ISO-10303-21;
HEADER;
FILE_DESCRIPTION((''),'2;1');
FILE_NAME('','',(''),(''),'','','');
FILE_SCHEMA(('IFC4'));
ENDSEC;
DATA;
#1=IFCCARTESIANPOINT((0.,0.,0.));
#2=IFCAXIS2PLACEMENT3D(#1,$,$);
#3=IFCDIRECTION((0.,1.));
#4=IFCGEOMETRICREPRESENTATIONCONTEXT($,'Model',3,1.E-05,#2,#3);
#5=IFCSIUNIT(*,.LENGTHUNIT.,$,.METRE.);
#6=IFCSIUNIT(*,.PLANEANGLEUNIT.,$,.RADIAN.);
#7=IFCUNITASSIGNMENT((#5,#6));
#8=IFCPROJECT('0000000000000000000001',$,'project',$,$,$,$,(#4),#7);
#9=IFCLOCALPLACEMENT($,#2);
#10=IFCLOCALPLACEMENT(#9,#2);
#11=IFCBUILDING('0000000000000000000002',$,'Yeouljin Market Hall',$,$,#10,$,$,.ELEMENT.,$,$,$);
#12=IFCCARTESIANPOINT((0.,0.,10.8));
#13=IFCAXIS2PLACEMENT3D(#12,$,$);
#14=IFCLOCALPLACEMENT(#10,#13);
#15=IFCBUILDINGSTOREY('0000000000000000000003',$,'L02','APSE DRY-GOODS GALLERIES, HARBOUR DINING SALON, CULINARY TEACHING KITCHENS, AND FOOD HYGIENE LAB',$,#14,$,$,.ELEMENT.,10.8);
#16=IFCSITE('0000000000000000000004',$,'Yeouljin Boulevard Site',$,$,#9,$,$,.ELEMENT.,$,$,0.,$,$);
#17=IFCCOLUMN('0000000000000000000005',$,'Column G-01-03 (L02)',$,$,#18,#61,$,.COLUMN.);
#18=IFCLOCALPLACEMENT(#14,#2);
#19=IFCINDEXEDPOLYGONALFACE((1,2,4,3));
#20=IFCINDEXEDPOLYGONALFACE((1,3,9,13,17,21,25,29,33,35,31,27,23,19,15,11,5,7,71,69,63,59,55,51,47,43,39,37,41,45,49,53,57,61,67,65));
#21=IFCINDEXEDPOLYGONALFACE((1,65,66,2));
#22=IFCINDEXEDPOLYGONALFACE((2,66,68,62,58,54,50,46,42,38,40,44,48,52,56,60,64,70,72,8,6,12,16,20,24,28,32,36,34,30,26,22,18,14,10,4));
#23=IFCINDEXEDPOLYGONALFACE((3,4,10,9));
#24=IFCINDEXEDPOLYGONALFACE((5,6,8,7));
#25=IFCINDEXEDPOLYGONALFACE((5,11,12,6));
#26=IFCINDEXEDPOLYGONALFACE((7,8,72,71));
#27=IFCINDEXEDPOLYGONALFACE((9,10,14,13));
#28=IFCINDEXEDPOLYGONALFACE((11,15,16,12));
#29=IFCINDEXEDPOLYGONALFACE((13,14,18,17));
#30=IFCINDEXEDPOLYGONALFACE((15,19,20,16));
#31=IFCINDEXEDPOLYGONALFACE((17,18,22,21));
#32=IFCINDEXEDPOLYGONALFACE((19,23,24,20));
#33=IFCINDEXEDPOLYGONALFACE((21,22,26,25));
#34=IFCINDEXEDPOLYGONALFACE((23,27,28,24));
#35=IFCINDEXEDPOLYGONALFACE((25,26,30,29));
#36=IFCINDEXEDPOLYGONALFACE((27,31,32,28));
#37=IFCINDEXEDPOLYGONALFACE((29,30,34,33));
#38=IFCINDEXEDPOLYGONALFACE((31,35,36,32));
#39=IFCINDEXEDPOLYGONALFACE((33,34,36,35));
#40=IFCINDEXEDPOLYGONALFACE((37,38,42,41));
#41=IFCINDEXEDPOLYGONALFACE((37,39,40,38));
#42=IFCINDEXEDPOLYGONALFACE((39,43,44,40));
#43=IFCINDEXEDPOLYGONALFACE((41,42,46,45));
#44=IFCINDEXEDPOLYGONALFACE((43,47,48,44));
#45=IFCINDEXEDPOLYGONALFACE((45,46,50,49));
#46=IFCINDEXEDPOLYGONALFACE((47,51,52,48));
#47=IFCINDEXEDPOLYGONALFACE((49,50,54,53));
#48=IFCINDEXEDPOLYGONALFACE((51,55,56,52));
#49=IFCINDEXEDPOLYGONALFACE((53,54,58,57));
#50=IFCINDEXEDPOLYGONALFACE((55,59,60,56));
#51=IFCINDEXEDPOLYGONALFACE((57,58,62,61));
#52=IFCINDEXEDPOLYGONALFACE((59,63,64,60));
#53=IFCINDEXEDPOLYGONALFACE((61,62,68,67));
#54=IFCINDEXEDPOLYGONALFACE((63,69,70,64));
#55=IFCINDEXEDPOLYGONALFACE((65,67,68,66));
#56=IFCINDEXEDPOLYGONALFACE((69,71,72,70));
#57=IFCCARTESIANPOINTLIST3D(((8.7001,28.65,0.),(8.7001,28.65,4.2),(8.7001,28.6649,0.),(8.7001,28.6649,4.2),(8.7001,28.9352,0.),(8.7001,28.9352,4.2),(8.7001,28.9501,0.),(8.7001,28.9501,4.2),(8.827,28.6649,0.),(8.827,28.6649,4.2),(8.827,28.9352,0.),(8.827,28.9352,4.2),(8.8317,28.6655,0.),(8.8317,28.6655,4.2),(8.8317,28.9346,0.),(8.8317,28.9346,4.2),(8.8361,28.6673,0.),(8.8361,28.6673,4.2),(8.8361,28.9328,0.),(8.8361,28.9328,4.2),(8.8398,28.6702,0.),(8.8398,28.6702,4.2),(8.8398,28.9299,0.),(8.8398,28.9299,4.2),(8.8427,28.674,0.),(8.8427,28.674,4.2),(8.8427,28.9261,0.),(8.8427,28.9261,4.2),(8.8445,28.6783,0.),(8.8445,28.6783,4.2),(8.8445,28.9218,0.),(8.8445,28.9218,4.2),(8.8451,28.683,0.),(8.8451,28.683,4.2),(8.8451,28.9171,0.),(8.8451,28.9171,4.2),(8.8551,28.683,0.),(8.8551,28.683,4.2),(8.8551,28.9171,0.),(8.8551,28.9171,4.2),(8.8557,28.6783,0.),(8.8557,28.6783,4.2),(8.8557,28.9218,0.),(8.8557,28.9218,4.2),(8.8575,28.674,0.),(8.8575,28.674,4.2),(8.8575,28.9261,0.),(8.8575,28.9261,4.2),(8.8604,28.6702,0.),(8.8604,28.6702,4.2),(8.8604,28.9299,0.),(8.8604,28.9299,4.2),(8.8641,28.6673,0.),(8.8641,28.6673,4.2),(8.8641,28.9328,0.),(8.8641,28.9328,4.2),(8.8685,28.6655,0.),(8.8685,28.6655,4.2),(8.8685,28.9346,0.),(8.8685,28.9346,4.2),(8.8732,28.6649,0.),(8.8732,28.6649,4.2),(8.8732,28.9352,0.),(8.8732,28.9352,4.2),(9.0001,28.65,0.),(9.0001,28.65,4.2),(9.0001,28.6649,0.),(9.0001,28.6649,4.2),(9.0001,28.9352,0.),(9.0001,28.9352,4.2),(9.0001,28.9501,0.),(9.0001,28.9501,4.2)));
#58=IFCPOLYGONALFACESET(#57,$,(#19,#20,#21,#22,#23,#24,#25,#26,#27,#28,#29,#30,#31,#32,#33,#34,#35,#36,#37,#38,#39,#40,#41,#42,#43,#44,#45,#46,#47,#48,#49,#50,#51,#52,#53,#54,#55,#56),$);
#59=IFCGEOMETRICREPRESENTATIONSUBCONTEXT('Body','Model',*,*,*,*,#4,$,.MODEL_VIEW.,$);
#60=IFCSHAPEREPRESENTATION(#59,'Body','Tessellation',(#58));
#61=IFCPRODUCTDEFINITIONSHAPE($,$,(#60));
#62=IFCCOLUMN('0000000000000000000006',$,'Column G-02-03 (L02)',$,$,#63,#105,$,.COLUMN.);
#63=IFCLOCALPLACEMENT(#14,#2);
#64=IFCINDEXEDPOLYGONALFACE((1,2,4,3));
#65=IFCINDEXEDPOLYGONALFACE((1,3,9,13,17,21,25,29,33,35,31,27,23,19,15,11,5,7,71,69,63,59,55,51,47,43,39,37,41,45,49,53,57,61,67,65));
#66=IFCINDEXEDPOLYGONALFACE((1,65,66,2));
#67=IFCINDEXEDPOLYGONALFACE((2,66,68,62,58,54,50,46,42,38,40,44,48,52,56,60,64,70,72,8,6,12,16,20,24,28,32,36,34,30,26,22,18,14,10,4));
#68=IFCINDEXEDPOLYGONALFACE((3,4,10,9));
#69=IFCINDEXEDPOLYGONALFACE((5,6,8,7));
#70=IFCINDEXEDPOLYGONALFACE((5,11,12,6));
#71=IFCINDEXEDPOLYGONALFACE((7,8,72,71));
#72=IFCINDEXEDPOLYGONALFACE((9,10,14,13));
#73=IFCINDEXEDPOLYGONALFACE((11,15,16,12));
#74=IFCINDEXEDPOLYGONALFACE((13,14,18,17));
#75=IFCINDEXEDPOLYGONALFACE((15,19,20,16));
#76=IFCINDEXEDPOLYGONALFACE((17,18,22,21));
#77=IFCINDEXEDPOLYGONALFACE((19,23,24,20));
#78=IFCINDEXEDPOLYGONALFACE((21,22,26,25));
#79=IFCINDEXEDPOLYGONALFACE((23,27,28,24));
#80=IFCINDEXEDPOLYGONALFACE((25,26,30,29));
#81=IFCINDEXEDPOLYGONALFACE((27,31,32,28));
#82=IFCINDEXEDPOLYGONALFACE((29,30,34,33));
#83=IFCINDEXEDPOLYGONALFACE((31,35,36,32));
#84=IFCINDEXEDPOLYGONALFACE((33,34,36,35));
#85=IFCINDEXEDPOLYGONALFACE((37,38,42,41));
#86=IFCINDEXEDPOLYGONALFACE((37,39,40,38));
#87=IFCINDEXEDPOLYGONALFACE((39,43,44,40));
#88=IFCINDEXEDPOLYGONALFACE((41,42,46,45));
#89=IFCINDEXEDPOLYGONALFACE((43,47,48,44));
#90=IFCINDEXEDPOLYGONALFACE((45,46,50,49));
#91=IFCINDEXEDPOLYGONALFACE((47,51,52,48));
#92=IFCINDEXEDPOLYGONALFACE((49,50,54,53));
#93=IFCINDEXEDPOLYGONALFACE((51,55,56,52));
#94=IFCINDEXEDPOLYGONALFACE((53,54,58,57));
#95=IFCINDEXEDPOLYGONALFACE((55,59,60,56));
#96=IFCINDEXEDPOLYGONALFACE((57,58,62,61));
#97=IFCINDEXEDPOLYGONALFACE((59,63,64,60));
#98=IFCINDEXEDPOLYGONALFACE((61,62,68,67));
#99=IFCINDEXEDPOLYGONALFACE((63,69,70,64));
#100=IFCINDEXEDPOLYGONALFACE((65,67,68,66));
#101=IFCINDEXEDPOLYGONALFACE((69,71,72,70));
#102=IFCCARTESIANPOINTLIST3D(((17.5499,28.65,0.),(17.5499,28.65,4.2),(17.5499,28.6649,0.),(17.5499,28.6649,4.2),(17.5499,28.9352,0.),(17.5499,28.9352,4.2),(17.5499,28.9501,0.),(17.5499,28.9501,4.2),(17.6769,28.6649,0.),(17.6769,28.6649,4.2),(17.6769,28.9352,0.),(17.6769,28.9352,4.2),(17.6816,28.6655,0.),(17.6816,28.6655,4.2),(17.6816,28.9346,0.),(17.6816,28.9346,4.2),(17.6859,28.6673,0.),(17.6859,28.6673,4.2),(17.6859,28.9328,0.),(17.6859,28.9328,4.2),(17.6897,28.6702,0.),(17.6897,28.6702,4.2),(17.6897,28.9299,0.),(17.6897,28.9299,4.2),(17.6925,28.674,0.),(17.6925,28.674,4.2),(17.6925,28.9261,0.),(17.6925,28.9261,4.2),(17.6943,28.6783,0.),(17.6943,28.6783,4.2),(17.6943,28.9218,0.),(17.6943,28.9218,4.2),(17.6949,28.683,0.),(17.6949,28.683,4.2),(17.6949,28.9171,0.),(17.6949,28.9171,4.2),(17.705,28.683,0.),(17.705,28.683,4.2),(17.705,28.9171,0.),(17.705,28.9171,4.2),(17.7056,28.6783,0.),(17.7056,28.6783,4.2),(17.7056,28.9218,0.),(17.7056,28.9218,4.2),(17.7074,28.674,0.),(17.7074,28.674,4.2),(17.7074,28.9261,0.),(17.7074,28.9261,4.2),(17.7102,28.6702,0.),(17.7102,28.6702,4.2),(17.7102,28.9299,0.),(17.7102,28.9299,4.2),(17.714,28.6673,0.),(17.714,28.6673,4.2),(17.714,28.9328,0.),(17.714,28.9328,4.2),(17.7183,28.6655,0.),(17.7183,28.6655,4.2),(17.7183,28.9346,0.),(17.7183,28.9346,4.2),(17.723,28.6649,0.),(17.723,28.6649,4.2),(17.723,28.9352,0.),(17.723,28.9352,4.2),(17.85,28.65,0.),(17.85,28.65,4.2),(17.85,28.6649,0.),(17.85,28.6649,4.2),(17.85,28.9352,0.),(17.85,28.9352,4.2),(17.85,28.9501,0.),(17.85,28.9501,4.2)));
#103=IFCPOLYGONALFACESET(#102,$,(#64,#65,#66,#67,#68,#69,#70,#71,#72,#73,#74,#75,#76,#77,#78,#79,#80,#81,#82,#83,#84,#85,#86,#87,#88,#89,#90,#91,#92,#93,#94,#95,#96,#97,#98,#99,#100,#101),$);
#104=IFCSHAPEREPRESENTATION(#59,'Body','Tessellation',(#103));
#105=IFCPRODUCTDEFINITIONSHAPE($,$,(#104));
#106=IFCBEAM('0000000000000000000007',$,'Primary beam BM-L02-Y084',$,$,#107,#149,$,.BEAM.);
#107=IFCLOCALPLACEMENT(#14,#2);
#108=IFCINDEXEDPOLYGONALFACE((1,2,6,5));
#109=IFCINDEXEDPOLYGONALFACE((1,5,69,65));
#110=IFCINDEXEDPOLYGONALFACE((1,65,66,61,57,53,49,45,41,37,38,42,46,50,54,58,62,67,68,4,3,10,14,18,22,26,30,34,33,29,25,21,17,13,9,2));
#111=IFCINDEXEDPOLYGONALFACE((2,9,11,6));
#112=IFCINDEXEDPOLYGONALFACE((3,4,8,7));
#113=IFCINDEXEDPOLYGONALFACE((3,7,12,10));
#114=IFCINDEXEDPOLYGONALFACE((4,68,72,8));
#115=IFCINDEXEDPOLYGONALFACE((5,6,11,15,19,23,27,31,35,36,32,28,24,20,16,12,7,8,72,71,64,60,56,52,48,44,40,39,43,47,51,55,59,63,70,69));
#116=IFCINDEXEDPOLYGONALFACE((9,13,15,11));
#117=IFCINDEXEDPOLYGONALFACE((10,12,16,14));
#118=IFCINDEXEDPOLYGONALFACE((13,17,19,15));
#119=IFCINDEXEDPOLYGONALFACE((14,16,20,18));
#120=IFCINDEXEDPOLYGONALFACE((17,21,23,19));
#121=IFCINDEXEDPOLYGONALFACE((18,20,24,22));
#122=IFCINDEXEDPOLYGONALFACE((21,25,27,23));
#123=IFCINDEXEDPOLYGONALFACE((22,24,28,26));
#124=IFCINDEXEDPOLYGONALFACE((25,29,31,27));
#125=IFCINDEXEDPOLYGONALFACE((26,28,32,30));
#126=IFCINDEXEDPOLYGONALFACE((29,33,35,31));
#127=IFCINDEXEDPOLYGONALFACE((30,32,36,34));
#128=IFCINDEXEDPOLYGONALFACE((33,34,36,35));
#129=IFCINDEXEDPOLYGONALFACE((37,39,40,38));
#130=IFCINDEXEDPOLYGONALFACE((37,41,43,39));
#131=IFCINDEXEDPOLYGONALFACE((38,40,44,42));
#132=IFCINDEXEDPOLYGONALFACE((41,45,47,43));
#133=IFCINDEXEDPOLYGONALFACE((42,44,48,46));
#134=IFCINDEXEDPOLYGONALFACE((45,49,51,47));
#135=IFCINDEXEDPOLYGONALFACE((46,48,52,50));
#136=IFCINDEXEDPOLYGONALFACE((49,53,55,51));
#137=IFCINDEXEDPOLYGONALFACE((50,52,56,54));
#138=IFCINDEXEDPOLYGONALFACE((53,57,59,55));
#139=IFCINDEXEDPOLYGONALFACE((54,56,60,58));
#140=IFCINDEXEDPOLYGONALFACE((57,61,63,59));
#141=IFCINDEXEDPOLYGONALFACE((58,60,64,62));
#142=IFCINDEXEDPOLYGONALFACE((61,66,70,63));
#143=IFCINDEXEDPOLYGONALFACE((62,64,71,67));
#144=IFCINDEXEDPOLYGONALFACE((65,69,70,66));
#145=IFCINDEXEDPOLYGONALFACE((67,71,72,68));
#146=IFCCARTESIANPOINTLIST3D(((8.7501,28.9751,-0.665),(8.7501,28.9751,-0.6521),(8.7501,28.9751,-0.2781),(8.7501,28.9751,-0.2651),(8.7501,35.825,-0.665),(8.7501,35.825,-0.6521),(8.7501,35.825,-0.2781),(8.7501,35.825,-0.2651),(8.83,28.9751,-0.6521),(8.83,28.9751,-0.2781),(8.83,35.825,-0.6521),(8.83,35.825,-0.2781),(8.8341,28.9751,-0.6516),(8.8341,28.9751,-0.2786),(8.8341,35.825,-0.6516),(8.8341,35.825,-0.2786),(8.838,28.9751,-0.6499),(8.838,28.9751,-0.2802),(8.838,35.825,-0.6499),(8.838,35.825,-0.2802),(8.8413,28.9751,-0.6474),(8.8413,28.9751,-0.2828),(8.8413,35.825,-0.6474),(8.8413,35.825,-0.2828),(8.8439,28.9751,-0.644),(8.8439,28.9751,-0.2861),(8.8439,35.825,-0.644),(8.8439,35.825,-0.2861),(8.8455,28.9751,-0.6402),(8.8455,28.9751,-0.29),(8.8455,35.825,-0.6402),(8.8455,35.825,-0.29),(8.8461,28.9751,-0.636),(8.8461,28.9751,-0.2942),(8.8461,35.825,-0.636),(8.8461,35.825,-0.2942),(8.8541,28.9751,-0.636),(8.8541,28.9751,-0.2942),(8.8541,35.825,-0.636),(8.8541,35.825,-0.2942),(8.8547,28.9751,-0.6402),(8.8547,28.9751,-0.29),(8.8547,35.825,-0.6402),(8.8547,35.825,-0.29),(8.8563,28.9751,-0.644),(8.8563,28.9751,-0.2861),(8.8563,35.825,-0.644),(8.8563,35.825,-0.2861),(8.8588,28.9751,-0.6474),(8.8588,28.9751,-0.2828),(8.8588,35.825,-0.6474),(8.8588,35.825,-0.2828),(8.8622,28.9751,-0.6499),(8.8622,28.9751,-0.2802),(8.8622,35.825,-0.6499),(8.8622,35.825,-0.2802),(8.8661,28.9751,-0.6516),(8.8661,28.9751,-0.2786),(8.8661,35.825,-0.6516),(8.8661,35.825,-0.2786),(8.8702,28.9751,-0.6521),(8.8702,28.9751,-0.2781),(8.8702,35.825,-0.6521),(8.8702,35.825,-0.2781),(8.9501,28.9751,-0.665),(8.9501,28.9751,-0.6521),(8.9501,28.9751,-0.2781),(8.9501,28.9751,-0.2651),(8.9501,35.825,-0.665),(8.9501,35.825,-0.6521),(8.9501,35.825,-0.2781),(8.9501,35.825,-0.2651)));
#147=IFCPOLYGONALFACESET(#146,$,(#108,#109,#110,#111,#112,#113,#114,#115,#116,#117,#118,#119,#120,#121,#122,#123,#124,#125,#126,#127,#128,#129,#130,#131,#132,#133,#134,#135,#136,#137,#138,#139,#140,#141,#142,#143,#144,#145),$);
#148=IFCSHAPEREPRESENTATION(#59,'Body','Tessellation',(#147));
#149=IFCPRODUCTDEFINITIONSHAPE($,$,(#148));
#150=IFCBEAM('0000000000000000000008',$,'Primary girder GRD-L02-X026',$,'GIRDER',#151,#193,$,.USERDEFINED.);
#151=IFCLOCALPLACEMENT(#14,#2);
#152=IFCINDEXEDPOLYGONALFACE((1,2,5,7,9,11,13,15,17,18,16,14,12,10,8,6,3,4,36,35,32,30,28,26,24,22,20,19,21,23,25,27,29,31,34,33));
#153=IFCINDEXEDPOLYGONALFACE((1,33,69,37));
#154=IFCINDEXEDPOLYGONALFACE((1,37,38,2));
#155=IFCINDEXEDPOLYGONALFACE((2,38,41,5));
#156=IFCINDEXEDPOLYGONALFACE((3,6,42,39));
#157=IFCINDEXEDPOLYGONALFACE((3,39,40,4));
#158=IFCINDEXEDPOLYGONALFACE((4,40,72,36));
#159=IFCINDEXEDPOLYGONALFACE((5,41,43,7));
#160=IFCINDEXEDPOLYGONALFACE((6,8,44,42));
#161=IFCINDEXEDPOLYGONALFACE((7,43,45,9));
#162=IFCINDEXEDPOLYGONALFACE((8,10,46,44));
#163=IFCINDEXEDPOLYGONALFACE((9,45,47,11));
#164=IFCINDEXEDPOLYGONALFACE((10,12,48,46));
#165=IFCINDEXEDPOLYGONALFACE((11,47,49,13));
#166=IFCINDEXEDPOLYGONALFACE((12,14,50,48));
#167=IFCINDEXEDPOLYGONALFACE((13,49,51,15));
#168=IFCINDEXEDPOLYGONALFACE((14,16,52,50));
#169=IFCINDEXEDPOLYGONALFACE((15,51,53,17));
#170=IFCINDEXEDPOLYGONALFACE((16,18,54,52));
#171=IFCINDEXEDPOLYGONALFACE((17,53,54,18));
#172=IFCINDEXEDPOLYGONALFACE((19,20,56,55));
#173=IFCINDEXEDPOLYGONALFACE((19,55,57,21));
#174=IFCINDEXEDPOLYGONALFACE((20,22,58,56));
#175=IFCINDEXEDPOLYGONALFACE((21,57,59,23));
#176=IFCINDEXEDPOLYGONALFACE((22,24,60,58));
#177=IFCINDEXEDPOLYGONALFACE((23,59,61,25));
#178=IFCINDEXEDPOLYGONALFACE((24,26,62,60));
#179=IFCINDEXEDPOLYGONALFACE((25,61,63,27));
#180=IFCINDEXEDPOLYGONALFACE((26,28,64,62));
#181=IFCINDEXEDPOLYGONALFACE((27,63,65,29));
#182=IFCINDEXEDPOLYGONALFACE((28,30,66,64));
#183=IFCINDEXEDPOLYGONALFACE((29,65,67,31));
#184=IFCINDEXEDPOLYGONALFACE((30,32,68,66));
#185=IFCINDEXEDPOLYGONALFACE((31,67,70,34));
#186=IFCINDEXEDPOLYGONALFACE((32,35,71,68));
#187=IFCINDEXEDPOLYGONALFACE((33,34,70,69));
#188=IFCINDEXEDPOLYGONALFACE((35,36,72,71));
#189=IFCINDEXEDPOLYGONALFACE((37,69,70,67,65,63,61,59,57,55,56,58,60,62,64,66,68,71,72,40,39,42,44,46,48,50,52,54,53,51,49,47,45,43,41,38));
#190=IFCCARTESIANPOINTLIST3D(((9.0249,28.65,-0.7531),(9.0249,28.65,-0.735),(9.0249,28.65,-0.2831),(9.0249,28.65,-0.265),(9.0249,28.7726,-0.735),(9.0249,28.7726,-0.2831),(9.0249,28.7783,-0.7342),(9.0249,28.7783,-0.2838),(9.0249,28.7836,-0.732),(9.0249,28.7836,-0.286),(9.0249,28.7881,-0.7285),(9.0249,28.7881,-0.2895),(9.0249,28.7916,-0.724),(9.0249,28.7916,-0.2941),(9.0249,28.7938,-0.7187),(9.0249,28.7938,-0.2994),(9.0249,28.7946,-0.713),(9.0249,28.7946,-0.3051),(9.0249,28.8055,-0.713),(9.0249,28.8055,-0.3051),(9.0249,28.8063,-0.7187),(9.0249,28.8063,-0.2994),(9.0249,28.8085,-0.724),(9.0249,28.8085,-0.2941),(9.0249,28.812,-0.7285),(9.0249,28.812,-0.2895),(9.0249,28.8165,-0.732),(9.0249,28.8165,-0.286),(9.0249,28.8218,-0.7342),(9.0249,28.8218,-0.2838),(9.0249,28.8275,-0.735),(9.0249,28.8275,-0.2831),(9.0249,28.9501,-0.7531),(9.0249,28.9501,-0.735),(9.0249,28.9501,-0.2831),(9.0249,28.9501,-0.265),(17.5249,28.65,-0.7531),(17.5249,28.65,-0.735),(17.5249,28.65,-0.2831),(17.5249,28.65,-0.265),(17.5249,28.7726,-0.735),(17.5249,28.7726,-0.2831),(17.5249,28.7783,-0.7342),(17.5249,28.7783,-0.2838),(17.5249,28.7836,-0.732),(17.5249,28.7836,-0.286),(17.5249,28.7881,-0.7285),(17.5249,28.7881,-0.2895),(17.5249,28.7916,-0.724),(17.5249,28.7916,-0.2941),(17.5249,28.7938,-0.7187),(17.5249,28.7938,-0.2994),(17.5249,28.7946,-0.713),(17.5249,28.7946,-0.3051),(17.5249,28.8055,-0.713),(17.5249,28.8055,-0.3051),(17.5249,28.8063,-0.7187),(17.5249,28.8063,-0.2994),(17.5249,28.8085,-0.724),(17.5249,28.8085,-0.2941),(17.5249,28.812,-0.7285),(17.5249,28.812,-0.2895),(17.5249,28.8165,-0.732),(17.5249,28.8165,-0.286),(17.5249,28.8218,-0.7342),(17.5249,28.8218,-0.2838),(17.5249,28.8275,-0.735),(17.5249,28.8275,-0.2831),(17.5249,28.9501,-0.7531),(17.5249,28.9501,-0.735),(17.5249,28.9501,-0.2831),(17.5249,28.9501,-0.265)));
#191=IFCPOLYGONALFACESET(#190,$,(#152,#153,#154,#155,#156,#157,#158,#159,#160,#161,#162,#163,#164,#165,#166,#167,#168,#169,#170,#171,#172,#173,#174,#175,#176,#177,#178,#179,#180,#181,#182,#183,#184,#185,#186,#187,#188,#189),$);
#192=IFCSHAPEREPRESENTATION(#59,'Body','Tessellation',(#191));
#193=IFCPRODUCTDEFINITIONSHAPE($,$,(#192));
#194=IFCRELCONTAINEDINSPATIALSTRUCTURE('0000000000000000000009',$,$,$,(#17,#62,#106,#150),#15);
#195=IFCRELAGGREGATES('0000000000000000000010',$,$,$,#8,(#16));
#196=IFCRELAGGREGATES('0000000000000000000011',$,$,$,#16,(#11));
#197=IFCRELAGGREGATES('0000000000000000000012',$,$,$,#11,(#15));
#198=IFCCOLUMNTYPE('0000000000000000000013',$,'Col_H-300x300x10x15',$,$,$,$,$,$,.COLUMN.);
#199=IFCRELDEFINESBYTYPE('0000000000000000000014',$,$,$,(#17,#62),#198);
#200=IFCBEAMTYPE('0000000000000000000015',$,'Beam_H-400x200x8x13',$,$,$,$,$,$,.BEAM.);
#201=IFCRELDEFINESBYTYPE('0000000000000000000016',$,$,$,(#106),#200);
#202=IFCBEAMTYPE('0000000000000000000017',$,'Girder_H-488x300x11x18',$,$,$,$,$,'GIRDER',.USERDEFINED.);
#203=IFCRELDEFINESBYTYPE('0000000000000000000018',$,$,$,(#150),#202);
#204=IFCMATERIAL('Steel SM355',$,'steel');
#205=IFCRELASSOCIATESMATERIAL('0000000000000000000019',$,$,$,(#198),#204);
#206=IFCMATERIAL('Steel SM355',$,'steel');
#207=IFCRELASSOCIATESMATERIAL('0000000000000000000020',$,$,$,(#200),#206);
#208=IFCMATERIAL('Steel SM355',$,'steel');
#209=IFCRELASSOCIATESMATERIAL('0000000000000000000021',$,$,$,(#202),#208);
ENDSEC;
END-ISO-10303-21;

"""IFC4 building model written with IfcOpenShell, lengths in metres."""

from ifc_helpers import new_model, si_unit, direction, frame, origin, origin_2d, place, context, subcontext, project, spatial, i_section, extrude, material, material_profile, profile_set, type_object, element, save


model = new_model("IFC4")

# Units and contexts
model_context = context("Model", 3, precision=1e-05, world=origin(), true_north=direction((0.0, 1.0)))
body_context = subcontext(model_context, "Body", "Model", "MODEL_VIEW")
ifc_project = project(units=[si_unit("LENGTHUNIT", "METRE"), si_unit("PLANEANGLEUNIT", "RADIAN")], contexts=[model_context])

# Site, building, storey
site_placement = place(None, origin())
site = spatial("IfcSite", under=ifc_project, at=site_placement, Name="Yeouljin Boulevard Site", CompositionType="ELEMENT", RefElevation=0.0)
building_placement = place(site_placement, origin())
building = spatial("IfcBuilding", under=site, at=building_placement, Name="Yeouljin Market Hall", CompositionType="ELEMENT")
storey_placement = place(building_placement, frame((0.0, 0.0, 10.8)))
storey = spatial("IfcBuildingStorey", under=building, at=storey_placement, Name="L02", Description="APSE DRY-GOODS GALLERIES, HARBOUR DINING SALON, CULINARY TEACHING KITCHENS, AND FOOD HYGIENE LAB", CompositionType="ELEMENT", Elevation=10.8)

# Columns
ifc_material_1 = material(Name="Steel SM355", Category="steel")
ifc_material_profile_1 = material_profile(ifc_material_1, i_section(OverallWidth=0.3, OverallDepth=0.3, WebThickness=0.01, FlangeThickness=0.0149, FilletRadius=0.0181, at=origin_2d()), Name="H-300x300x10x15")
ifc_profile_set_1 = profile_set([ifc_material_profile_1], Name="Steel SM355")
column_type = type_object("IfcColumnType", Name="Col_H-300x300x10x15", PredefinedType="COLUMN", material=ifc_profile_set_1)
for number, where, z_axis, x_axis, name in (
    (1, (8.8501, 28.8, 0.0), (0.0, 0.0, 1.0), (1.0, 0.0, 0.0), "Column G-01-03 (L02)"),
    (2, (17.7, 28.8, 0.0), (0.0, 0.0, 1.0), (1.0, 0.0, 0.0), "Column G-02-03 (L02)"),
):
    element("IfcColumn", number, at=place(storey_placement, frame(where, z_axis=z_axis, x_axis=x_axis)), inside=storey, type_object=column_type, Name=name, PredefinedType="COLUMN", context=body_context, shape_type="SweptSolid", body=[
        extrude(i_section(OverallWidth=0.3, OverallDepth=0.3, WebThickness=0.01, FlangeThickness=0.0149, FilletRadius=0.0181, at=origin_2d()), origin(), (0.0, 0.0, 1.0), 4.2),
    ])

# Beams
ifc_material_2 = material(Name="Steel SM355", Category="steel")
ifc_material_profile_2 = material_profile(ifc_material_2, i_section(OverallWidth=0.2, OverallDepth=0.3999, WebThickness=0.0081, FlangeThickness=0.0129, FilletRadius=0.0161, at=origin_2d()), Name="H-400x200x8x13")
ifc_profile_set_2 = profile_set([ifc_material_profile_2], Name="Steel SM355")
beam_type_1 = type_object("IfcBeamType", Name="Beam_H-400x200x8x13", PredefinedType="BEAM", material=ifc_profile_set_2)
beam_placement = place(storey_placement, frame((8.8501, 28.9751, -0.4651), z_axis=(0.0, 1.0, 0.0), x_axis=(-1.0, 0.0, 0.0)))
element("IfcBeam", 3, at=beam_placement, inside=storey, type_object=beam_type_1, Name="Primary beam BM-L02-Y084", PredefinedType="BEAM", context=body_context, shape_type="SweptSolid", body=[
    extrude(i_section(OverallWidth=0.2, OverallDepth=0.3999, WebThickness=0.0081, FlangeThickness=0.0129, FilletRadius=0.0161, at=origin_2d()), origin(), (0.0, 0.0, 1.0), 6.8499),
])
ifc_material_3 = material(Name="Steel SM355", Category="steel")
ifc_material_profile_3 = material_profile(ifc_material_3, i_section(OverallWidth=0.3, OverallDepth=0.488, WebThickness=0.011, FlangeThickness=0.0181, FilletRadius=0.022, at=origin_2d()), Name="H-488x300x11x18")
ifc_profile_set_3 = profile_set([ifc_material_profile_3], Name="Steel SM355")
beam_type_2 = type_object("IfcBeamType", Name="Girder_H-488x300x11x18", ElementType="GIRDER", PredefinedType="USERDEFINED", material=ifc_profile_set_3)
for number, where, z_axis, x_axis, name in (
    (4, (9.0249, 28.8, -0.509), (1.0, 0.0, 0.0), (0.0, 1.0, 0.0), "Primary girder GRD-L02-X026"),
):
    element("IfcBeam", number, at=place(storey_placement, frame(where, z_axis=z_axis, x_axis=x_axis)), inside=storey, type_object=beam_type_2, Name=name, ObjectType="GIRDER", PredefinedType="USERDEFINED", context=body_context, shape_type="SweptSolid", body=[
        extrude(i_section(OverallWidth=0.3, OverallDepth=0.488, WebThickness=0.011, FlangeThickness=0.0181, FilletRadius=0.022, at=origin_2d()), origin(), (0.0, 0.0, 1.0), 8.5),
    ])

save(model, "model.ifc")
